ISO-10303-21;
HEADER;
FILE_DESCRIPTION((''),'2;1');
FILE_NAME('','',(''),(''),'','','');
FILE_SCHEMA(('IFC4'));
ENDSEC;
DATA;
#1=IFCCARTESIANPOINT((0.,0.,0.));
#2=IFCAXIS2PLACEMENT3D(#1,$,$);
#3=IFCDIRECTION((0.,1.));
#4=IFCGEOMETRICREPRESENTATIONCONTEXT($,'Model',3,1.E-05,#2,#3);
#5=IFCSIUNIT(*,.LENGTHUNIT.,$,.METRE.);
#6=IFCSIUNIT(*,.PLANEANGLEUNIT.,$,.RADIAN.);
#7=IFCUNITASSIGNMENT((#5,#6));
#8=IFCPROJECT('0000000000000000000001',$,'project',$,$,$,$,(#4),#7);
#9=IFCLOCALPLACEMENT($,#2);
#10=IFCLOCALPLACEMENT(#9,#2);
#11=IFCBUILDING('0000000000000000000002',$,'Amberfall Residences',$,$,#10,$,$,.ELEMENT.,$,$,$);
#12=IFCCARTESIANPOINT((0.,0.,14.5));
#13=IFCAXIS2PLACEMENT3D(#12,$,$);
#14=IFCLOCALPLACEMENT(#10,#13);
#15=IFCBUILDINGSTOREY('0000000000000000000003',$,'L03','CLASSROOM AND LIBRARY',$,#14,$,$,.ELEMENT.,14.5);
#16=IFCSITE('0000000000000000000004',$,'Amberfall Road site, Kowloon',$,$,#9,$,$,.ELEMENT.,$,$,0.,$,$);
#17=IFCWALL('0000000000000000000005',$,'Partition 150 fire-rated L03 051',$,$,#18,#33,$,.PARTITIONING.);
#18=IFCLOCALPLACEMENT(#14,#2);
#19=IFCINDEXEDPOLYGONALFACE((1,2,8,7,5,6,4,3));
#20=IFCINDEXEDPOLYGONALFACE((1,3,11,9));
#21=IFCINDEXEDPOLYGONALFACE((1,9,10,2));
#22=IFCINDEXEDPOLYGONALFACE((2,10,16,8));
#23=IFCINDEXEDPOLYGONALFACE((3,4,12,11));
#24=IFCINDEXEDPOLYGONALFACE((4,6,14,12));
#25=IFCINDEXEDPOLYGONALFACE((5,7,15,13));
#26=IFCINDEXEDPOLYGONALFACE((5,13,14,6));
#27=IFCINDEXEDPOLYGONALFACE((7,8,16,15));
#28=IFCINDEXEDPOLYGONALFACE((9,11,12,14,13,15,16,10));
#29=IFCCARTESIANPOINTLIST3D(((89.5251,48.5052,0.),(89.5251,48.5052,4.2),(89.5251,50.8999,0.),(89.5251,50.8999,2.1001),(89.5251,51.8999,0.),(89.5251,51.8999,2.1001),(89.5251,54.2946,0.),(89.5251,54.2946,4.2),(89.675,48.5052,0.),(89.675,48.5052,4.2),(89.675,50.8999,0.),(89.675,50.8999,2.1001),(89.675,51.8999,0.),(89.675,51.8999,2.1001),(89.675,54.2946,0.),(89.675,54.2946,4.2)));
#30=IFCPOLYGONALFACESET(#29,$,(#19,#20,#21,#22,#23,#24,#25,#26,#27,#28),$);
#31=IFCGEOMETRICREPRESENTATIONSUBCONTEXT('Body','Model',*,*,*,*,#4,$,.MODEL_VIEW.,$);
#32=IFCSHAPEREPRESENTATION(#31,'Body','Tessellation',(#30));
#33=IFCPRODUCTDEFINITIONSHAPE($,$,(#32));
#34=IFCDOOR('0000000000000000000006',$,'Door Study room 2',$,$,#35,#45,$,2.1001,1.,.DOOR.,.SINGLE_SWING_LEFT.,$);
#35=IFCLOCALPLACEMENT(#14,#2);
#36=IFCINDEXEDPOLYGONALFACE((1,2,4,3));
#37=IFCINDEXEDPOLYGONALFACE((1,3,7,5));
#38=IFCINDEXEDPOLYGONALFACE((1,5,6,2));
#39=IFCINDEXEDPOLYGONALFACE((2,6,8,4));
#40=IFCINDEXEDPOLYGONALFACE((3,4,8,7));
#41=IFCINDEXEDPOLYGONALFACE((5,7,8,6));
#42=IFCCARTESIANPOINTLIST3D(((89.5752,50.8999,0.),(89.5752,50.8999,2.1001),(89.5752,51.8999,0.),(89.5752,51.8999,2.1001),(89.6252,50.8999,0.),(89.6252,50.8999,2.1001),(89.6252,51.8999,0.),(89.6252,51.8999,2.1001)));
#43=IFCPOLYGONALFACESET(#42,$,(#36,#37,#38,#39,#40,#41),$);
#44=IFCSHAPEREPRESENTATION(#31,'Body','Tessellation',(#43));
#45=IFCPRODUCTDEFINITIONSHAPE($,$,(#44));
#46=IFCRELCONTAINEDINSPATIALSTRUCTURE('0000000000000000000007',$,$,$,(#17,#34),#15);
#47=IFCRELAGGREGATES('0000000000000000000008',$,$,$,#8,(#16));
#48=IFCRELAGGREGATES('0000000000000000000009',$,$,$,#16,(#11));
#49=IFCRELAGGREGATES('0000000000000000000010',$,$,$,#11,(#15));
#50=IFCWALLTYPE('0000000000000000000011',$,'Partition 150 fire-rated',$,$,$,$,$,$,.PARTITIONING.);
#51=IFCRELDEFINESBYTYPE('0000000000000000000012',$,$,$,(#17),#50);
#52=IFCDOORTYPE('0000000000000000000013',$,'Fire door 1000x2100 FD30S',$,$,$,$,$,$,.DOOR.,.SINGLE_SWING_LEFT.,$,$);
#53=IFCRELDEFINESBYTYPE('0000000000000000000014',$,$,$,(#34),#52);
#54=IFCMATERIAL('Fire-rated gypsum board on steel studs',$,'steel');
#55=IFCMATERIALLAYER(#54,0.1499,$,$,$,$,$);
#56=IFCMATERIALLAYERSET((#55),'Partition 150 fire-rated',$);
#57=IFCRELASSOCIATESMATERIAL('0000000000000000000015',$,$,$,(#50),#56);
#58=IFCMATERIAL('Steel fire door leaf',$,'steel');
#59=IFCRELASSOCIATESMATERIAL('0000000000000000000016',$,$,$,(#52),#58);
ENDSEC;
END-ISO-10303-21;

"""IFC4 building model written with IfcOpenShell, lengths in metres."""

from ifc_helpers import new_model, si_unit, direction, frame, frame_2d, origin, place, context, subcontext, project, spatial, rectangle, extrude, material, layer, layer_set, type_object, element, fill, save


model = new_model("IFC4")

# Units and contexts
model_context = context("Model", 3, precision=1e-05, world=origin(), true_north=direction((0.0, 1.0)))
body_context = subcontext(model_context, "Body", "Model", "MODEL_VIEW")
ifc_project = project(units=[si_unit("LENGTHUNIT", "METRE"), si_unit("PLANEANGLEUNIT", "RADIAN")], contexts=[model_context])

# Site, building, storey
site_placement = place(None, origin())
site = spatial("IfcSite", under=ifc_project, at=site_placement, Name="Amberfall Road site, Kowloon", CompositionType="ELEMENT", RefElevation=0.0)
building_placement = place(site_placement, origin())
building = spatial("IfcBuilding", under=site, at=building_placement, Name="Amberfall Residences", CompositionType="ELEMENT")
storey_placement = place(building_placement, frame((0.0, 0.0, 14.5)))
storey = spatial("IfcBuildingStorey", under=building, at=storey_placement, Name="L03", Description="CLASSROOM AND LIBRARY", CompositionType="ELEMENT", Elevation=14.5)

# Shared definitions
ifc_material_1 = material(Name="Fire-rated gypsum board on steel studs", Category="steel")
ifc_layer_1 = layer(ifc_material_1, 0.1499)
ifc_layer_set_1 = layer_set([ifc_layer_1], Name="Partition 150 fire-rated")
wall_type_1 = type_object("IfcWallType", Name="Partition 150 fire-rated", PredefinedType="PARTITIONING", material=ifc_layer_set_1)

# Wall, opening, door
wall_1_placement = place(storey_placement, frame((89.6001, 48.5054, 0.0), z_axis=(0.0, 0.0, 1.0), x_axis=(0.0, 1.0, 0.0)))
wall_1 = element("IfcWall", 1, at=wall_1_placement, inside=storey, type_object=wall_type_1, Name="Partition 150 fire-rated L03 051", PredefinedType="PARTITIONING", context=body_context, shape_type="SweptSolid", body=[
    extrude(rectangle(XDim=5.7893, YDim=0.1499, at=frame_2d((2.8945, 0.0))), origin(), (0.0, 0.0, 1.0), 4.2),
])
opening_placement = place(wall_1_placement, frame((2.3945, 0.0, 0.0)))
opening = element("IfcOpeningElement", 2, at=opening_placement, cuts=wall_1, PredefinedType="OPENING", context=body_context, shape_type="SweptSolid", body=[
    extrude(rectangle(XDim=1.0, YDim=2.1001, at=frame_2d((0.5, 1.05))), frame((0.0, 0.085, 0.0), z_axis=(0.0, -1.0, 0.0), x_axis=(1.0, 0.0, 0.0)), (0.0, 0.0, 1.0), 0.1699),
])
ifc_material_2 = material(Name="Steel fire door leaf", Category="steel")
door_type = type_object("IfcDoorType", Name="Fire door 1000x2100 FD30S", OperationType="SINGLE_SWING_LEFT", PredefinedType="DOOR", material=ifc_material_2)
door_placement = place(opening_placement, origin())
door = element("IfcDoor", 3, at=door_placement, inside=storey, type_object=door_type, Name="Door Study room 2", OperationType="SINGLE_SWING_LEFT", OverallHeight=2.1001, OverallWidth=1.0, PredefinedType="DOOR", context=body_context, shape_type="SweptSolid", body=[
    extrude(rectangle(XDim=1.0, YDim=2.1001, at=frame_2d((0.5, 1.05))), frame((0.0, 0.0249, 0.0), z_axis=(0.0, -1.0, 0.0), x_axis=(1.0, 0.0, 0.0)), (0.0, 0.0, 1.0), 0.05),
])
fill(opening, door)

save(model, "model.ifc")
